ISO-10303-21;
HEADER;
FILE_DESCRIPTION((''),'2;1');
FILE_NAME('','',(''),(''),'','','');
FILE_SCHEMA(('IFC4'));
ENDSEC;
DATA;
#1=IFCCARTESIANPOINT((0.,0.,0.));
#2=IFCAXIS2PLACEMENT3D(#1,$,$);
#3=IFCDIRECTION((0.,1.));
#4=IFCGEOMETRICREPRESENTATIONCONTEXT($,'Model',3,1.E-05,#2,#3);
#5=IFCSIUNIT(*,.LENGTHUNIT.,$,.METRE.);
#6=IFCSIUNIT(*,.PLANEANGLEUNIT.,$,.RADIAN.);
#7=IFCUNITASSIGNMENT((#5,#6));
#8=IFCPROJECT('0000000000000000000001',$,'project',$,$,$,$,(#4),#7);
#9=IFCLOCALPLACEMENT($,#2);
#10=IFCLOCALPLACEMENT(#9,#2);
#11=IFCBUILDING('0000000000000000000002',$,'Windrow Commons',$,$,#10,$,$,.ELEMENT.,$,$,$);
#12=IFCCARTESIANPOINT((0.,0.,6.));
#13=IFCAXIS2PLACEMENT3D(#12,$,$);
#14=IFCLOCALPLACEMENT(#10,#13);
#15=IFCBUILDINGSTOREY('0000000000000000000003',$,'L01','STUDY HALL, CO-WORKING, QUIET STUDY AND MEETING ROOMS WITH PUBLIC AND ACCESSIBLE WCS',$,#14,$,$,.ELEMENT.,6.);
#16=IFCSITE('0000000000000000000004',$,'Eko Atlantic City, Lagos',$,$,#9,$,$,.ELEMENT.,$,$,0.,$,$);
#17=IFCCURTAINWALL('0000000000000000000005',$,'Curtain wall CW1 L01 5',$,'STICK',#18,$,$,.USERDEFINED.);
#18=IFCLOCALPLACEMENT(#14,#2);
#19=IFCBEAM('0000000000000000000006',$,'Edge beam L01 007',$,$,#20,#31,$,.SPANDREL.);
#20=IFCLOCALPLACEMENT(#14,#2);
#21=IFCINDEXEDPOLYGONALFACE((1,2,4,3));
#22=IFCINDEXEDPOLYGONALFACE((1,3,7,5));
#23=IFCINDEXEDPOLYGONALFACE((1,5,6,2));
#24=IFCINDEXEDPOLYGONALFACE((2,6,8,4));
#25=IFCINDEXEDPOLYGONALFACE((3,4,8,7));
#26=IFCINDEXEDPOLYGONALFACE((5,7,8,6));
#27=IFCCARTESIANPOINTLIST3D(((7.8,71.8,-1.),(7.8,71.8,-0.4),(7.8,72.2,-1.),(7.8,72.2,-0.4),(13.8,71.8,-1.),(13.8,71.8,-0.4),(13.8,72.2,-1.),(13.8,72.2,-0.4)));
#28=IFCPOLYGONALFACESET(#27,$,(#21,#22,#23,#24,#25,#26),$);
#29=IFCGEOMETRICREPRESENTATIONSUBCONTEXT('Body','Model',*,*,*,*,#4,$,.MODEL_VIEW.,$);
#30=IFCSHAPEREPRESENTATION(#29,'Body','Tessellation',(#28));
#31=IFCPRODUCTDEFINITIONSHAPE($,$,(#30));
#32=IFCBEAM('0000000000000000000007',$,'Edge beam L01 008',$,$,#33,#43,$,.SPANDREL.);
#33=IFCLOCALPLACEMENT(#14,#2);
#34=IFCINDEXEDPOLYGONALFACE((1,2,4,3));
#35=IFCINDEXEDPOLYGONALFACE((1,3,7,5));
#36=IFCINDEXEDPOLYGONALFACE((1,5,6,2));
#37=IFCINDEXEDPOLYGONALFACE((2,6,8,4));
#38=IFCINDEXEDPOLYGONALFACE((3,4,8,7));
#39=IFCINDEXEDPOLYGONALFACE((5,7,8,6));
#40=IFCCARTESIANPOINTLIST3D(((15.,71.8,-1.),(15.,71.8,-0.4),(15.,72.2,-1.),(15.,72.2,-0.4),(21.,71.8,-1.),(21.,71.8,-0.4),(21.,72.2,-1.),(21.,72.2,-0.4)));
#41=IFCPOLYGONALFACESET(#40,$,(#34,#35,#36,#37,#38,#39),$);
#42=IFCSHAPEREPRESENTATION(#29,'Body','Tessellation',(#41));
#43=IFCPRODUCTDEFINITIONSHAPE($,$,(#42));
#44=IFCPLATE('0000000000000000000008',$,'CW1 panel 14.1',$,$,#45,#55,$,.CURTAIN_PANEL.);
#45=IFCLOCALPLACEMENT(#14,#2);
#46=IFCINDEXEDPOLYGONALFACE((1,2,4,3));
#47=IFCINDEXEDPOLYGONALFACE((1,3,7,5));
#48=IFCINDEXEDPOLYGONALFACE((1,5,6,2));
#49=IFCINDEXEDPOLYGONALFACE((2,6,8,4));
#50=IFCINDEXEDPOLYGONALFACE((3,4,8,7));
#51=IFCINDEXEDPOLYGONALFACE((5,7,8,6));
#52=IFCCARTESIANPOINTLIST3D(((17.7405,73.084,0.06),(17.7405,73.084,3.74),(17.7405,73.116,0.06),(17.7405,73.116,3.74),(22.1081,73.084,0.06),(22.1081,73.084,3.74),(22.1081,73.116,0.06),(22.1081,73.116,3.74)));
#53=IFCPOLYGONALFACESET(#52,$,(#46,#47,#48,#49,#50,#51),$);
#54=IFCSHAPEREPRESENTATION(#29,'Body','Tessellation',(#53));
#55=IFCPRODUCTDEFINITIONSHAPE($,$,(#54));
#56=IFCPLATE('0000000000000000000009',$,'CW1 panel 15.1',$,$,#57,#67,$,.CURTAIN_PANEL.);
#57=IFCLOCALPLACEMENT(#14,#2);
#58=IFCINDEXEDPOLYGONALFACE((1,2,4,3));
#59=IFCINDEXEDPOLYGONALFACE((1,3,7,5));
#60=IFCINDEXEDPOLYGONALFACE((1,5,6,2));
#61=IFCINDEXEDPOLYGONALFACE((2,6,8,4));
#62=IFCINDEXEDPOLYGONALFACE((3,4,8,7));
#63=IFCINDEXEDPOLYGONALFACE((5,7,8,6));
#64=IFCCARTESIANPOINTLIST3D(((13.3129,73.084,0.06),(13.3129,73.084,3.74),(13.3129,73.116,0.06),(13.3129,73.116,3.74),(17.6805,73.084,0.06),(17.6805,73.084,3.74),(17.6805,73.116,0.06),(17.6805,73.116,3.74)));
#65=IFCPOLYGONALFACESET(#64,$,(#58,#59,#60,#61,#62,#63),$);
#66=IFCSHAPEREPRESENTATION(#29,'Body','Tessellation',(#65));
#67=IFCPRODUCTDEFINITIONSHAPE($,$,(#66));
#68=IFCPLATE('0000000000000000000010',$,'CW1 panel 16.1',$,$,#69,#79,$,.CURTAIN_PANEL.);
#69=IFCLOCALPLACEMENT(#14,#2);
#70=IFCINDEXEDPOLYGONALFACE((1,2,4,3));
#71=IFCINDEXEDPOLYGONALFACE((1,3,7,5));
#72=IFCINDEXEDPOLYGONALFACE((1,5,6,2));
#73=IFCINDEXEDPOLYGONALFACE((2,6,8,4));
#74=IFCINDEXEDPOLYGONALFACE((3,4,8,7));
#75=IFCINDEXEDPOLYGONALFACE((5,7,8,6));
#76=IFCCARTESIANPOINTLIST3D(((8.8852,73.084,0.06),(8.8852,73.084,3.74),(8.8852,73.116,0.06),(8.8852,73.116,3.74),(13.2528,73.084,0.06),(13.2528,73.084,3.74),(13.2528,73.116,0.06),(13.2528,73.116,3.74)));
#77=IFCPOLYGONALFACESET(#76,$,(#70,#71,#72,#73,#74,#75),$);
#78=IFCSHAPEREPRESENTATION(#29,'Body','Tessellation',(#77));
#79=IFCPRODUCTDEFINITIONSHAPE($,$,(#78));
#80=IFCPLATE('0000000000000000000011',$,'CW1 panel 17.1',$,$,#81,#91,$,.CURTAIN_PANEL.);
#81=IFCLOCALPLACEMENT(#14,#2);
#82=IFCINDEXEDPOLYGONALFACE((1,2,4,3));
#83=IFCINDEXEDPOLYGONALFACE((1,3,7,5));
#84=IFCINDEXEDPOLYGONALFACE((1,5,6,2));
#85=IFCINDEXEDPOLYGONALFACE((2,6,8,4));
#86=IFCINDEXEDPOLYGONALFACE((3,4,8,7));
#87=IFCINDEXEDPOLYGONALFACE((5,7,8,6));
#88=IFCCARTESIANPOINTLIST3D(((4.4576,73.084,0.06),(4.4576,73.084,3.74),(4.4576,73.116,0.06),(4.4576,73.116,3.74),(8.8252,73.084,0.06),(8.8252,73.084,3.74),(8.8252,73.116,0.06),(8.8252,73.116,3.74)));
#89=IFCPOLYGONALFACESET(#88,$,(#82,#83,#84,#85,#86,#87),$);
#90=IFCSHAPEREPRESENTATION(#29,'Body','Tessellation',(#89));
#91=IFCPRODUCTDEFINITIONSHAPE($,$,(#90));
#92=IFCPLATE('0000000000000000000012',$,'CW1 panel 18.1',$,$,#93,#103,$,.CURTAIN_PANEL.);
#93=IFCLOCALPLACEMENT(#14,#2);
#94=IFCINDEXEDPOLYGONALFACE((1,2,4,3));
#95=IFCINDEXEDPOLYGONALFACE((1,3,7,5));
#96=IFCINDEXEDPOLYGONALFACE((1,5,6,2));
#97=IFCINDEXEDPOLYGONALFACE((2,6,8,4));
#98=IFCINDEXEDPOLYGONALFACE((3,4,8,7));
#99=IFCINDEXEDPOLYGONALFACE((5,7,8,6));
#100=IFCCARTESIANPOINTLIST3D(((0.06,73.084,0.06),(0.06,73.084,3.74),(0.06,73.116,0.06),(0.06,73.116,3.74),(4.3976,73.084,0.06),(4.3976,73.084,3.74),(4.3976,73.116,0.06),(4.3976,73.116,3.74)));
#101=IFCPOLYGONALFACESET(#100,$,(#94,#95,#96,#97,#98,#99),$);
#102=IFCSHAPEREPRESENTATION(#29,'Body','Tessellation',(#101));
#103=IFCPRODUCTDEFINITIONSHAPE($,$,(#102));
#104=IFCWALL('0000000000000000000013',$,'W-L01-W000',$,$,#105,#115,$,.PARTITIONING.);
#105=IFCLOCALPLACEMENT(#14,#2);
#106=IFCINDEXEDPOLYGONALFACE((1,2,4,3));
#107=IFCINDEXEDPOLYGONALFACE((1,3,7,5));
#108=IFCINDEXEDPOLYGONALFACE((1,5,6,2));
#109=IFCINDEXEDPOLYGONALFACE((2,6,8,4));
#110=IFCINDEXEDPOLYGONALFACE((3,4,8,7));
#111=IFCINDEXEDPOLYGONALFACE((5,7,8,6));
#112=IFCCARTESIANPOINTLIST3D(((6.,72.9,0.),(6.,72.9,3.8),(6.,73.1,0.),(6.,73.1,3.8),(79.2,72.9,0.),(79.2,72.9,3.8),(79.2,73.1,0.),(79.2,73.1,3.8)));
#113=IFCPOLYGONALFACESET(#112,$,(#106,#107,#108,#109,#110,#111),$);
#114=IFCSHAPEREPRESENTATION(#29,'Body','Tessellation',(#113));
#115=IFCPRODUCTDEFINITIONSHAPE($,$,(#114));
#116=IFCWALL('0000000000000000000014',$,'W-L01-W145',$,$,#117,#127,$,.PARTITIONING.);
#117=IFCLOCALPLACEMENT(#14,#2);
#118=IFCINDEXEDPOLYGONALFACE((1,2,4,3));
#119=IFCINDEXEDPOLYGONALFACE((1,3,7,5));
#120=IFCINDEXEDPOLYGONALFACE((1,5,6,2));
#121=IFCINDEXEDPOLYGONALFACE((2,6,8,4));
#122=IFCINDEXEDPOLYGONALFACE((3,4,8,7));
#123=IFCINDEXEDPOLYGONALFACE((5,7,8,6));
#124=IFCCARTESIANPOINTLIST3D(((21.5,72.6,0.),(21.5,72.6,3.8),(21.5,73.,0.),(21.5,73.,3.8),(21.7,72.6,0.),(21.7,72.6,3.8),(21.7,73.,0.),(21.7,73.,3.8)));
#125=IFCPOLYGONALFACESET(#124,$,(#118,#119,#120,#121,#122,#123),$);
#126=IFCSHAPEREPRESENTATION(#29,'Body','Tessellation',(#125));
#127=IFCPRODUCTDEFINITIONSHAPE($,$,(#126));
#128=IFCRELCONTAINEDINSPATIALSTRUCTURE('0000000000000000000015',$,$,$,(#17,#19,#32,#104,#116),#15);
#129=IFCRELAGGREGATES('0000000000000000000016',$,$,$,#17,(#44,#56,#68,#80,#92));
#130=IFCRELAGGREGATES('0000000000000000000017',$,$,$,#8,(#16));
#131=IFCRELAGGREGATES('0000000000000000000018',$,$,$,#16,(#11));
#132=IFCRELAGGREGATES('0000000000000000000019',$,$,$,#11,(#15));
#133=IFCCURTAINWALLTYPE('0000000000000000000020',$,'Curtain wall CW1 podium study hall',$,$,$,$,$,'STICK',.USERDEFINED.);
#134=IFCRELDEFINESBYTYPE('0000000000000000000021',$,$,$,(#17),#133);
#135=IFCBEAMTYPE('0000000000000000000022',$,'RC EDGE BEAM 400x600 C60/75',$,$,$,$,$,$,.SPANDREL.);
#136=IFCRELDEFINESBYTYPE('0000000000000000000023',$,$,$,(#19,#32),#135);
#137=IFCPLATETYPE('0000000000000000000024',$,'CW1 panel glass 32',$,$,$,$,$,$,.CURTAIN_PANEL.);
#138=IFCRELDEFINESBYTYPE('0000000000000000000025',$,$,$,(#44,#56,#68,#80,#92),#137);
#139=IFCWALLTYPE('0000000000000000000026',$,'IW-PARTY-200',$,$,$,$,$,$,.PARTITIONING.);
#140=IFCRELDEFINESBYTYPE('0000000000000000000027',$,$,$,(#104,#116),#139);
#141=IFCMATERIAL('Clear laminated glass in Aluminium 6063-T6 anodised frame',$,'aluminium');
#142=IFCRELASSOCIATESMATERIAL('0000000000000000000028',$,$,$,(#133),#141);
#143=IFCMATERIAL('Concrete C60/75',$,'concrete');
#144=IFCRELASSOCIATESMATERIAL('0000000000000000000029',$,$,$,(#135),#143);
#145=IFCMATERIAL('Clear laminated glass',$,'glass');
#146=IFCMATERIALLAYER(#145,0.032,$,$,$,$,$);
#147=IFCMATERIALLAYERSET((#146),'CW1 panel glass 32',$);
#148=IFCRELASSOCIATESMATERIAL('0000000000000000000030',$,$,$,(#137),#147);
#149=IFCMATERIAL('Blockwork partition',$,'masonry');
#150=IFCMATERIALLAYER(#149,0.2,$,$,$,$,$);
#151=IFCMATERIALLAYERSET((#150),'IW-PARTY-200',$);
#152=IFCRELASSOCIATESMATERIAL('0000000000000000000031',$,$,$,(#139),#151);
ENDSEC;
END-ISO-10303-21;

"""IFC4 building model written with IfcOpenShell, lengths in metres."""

from ifc_helpers import new_model, si_unit, direction, frame, frame_2d, origin, origin_2d, place, context, subcontext, project, spatial, rectangle, extrude, material, layer, layer_set, material_profile, profile_set, type_object, element, aggregate, save


model = new_model("IFC4")

# Units and contexts
model_context = context("Model", 3, precision=1e-05, world=origin(), true_north=direction((0.0, 1.0)))
body_context = subcontext(model_context, "Body", "Model", "MODEL_VIEW")
ifc_project = project(units=[si_unit("LENGTHUNIT", "METRE"), si_unit("PLANEANGLEUNIT", "RADIAN")], contexts=[model_context])

# Site, building, storey
site_placement = place(None, origin())
site = spatial("IfcSite", under=ifc_project, at=site_placement, Name="Eko Atlantic City, Lagos", CompositionType="ELEMENT", RefElevation=0.0)
building_placement = place(site_placement, origin())
building = spatial("IfcBuilding", under=site, at=building_placement, Name="Windrow Commons", CompositionType="ELEMENT")
storey_placement = place(building_placement, frame((0.0, 0.0, 6.0)))
storey = spatial("IfcBuildingStorey", under=building, at=storey_placement, Name="L01", Description="STUDY HALL, CO-WORKING, QUIET STUDY AND MEETING ROOMS WITH PUBLIC AND ACCESSIBLE WCS", CompositionType="ELEMENT", Elevation=6.0)

# Curtain wall
ifc_material_1 = material(Name="Clear laminated glass in Aluminium 6063-T6 anodised frame", Category="aluminium")
curtain_wall_type = type_object("IfcCurtainWallType", Name="Curtain wall CW1 podium study hall", ElementType="STICK", PredefinedType="USERDEFINED", material=ifc_material_1)
curtain_wall_placement = place(storey_placement, origin())
curtain_wall = element("IfcCurtainWall", 1, at=curtain_wall_placement, inside=storey, type_object=curtain_wall_type, Name="Curtain wall CW1 L01 5", ObjectType="STICK", PredefinedType="USERDEFINED")

# Beams
ifc_material_2 = material(Name="Concrete C60/75", Category="concrete")
ifc_material_profile_1 = material_profile(ifc_material_2, rectangle(XDim=0.4, YDim=0.6, at=origin_2d()))
ifc_profile_set_1 = profile_set([ifc_material_profile_1], Name="Concrete C60/75")
beam_type = type_object("IfcBeamType", Name="RC EDGE BEAM 400x600 C60/75", PredefinedType="SPANDREL", material=ifc_profile_set_1)
for number, where, z_axis, x_axis, name in (
    (2, (7.8, 72.0, -0.7), (1.0, 0.0, 0.0), (0.0, 1.0, 0.0), "Edge beam L01 007"),
    (3, (15.0, 72.0, -0.7), (1.0, 0.0, 0.0), (0.0, 1.0, 0.0), "Edge beam L01 008"),
):
    element("IfcBeam", number, at=place(storey_placement, frame(where, z_axis=z_axis, x_axis=x_axis)), inside=storey, type_object=beam_type, Name=name, PredefinedType="SPANDREL", context=body_context, shape_type="SweptSolid", body=[
        extrude(rectangle(XDim=0.4, YDim=0.6, at=origin_2d()), origin(), (0.0, 0.0, 1.0), 6.0),
    ])

# Plates
ifc_material_3 = material(Name="Clear laminated glass", Category="glass")
ifc_layer_1 = layer(ifc_material_3, 0.032)
ifc_layer_set_1 = layer_set([ifc_layer_1], Name="CW1 panel glass 32")
plate_type = type_object("IfcPlateType", Name="CW1 panel glass 32", PredefinedType="CURTAIN_PANEL", material=ifc_layer_set_1)
plate_1_placement = place(storey_placement, frame((19.9243, 73.1, 0.06), z_axis=(0.0, 0.0, 1.0), x_axis=(-1.0, 0.0, 0.0)))
plate_1 = element("IfcPlate", 4, at=plate_1_placement, type_object=plate_type, Name="CW1 panel 14.1", PredefinedType="CURTAIN_PANEL", context=body_context, shape_type="SweptSolid", body=[
    extrude(rectangle(XDim=4.3676, YDim=0.032, at=origin_2d()), origin(), (0.0, 0.0, 1.0), 3.68),
])
plate_2_placement = place(storey_placement, frame((15.4967, 73.1, 0.06), z_axis=(0.0, 0.0, 1.0), x_axis=(-1.0, 0.0, 0.0)))
plate_2 = element("IfcPlate", 5, at=plate_2_placement, type_object=plate_type, Name="CW1 panel 15.1", PredefinedType="CURTAIN_PANEL", context=body_context, shape_type="SweptSolid", body=[
    extrude(rectangle(XDim=4.3676, YDim=0.032, at=origin_2d()), origin(), (0.0, 0.0, 1.0), 3.68),
])
plate_3_placement = place(storey_placement, frame((11.069, 73.1, 0.06), z_axis=(0.0, 0.0, 1.0), x_axis=(-1.0, 0.0, 0.0)))
plate_3 = element("IfcPlate", 6, at=plate_3_placement, type_object=plate_type, Name="CW1 panel 16.1", PredefinedType="CURTAIN_PANEL", context=body_context, shape_type="SweptSolid", body=[
    extrude(rectangle(XDim=4.3676, YDim=0.032, at=origin_2d()), origin(), (0.0, 0.0, 1.0), 3.68),
])
plate_4_placement = place(storey_placement, frame((6.6414, 73.1, 0.06), z_axis=(0.0, 0.0, 1.0), x_axis=(-1.0, 0.0, 0.0)))
plate_4 = element("IfcPlate", 7, at=plate_4_placement, type_object=plate_type, Name="CW1 panel 17.1", PredefinedType="CURTAIN_PANEL", context=body_context, shape_type="SweptSolid", body=[
    extrude(rectangle(XDim=4.3676, YDim=0.032, at=origin_2d()), origin(), (0.0, 0.0, 1.0), 3.68),
])
plate_5_placement = place(storey_placement, frame((2.2288, 73.1, 0.06), z_axis=(0.0, 0.0, 1.0), x_axis=(-1.0, 0.0, 0.0)))
plate_5 = element("IfcPlate", 8, at=plate_5_placement, type_object=plate_type, Name="CW1 panel 18.1", PredefinedType="CURTAIN_PANEL", context=body_context, shape_type="SweptSolid", body=[
    extrude(rectangle(XDim=4.3376, YDim=0.032, at=origin_2d()), origin(), (0.0, 0.0, 1.0), 3.68),
])
aggregate(curtain_wall, [plate_1, plate_2, plate_3, plate_4, plate_5])

# Walls
ifc_material_4 = material(Name="Blockwork partition", Category="masonry")
ifc_layer_2 = layer(ifc_material_4, 0.2)
ifc_layer_set_2 = layer_set([ifc_layer_2], Name="IW-PARTY-200")
wall_type = type_object("IfcWallType", Name="IW-PARTY-200", PredefinedType="PARTITIONING", material=ifc_layer_set_2)
wall_1_placement = place(storey_placement, frame((6.0, 73.0, 0.0), z_axis=(0.0, 0.0, 1.0), x_axis=(1.0, 0.0, 0.0)))
element("IfcWall", 9, at=wall_1_placement, inside=storey, type_object=wall_type, Name="W-L01-W000", PredefinedType="PARTITIONING", context=body_context, shape_type="SweptSolid", body=[
    extrude(rectangle(XDim=73.2, YDim=0.2, at=frame_2d((36.6, 0.0))), origin(), (0.0, 0.0, 1.0), 3.8),
])
wall_2_placement = place(storey_placement, frame((21.6, 72.6, 0.0), z_axis=(0.0, 0.0, 1.0), x_axis=(0.0, 1.0, 0.0)))
element("IfcWall", 10, at=wall_2_placement, inside=storey, type_object=wall_type, Name="W-L01-W145", PredefinedType="PARTITIONING", context=body_context, shape_type="SweptSolid", body=[
    extrude(rectangle(XDim=0.4, YDim=0.2, at=frame_2d((0.2, 0.0))), origin(), (0.0, 0.0, 1.0), 3.8),
])

save(model, "model.ifc")
